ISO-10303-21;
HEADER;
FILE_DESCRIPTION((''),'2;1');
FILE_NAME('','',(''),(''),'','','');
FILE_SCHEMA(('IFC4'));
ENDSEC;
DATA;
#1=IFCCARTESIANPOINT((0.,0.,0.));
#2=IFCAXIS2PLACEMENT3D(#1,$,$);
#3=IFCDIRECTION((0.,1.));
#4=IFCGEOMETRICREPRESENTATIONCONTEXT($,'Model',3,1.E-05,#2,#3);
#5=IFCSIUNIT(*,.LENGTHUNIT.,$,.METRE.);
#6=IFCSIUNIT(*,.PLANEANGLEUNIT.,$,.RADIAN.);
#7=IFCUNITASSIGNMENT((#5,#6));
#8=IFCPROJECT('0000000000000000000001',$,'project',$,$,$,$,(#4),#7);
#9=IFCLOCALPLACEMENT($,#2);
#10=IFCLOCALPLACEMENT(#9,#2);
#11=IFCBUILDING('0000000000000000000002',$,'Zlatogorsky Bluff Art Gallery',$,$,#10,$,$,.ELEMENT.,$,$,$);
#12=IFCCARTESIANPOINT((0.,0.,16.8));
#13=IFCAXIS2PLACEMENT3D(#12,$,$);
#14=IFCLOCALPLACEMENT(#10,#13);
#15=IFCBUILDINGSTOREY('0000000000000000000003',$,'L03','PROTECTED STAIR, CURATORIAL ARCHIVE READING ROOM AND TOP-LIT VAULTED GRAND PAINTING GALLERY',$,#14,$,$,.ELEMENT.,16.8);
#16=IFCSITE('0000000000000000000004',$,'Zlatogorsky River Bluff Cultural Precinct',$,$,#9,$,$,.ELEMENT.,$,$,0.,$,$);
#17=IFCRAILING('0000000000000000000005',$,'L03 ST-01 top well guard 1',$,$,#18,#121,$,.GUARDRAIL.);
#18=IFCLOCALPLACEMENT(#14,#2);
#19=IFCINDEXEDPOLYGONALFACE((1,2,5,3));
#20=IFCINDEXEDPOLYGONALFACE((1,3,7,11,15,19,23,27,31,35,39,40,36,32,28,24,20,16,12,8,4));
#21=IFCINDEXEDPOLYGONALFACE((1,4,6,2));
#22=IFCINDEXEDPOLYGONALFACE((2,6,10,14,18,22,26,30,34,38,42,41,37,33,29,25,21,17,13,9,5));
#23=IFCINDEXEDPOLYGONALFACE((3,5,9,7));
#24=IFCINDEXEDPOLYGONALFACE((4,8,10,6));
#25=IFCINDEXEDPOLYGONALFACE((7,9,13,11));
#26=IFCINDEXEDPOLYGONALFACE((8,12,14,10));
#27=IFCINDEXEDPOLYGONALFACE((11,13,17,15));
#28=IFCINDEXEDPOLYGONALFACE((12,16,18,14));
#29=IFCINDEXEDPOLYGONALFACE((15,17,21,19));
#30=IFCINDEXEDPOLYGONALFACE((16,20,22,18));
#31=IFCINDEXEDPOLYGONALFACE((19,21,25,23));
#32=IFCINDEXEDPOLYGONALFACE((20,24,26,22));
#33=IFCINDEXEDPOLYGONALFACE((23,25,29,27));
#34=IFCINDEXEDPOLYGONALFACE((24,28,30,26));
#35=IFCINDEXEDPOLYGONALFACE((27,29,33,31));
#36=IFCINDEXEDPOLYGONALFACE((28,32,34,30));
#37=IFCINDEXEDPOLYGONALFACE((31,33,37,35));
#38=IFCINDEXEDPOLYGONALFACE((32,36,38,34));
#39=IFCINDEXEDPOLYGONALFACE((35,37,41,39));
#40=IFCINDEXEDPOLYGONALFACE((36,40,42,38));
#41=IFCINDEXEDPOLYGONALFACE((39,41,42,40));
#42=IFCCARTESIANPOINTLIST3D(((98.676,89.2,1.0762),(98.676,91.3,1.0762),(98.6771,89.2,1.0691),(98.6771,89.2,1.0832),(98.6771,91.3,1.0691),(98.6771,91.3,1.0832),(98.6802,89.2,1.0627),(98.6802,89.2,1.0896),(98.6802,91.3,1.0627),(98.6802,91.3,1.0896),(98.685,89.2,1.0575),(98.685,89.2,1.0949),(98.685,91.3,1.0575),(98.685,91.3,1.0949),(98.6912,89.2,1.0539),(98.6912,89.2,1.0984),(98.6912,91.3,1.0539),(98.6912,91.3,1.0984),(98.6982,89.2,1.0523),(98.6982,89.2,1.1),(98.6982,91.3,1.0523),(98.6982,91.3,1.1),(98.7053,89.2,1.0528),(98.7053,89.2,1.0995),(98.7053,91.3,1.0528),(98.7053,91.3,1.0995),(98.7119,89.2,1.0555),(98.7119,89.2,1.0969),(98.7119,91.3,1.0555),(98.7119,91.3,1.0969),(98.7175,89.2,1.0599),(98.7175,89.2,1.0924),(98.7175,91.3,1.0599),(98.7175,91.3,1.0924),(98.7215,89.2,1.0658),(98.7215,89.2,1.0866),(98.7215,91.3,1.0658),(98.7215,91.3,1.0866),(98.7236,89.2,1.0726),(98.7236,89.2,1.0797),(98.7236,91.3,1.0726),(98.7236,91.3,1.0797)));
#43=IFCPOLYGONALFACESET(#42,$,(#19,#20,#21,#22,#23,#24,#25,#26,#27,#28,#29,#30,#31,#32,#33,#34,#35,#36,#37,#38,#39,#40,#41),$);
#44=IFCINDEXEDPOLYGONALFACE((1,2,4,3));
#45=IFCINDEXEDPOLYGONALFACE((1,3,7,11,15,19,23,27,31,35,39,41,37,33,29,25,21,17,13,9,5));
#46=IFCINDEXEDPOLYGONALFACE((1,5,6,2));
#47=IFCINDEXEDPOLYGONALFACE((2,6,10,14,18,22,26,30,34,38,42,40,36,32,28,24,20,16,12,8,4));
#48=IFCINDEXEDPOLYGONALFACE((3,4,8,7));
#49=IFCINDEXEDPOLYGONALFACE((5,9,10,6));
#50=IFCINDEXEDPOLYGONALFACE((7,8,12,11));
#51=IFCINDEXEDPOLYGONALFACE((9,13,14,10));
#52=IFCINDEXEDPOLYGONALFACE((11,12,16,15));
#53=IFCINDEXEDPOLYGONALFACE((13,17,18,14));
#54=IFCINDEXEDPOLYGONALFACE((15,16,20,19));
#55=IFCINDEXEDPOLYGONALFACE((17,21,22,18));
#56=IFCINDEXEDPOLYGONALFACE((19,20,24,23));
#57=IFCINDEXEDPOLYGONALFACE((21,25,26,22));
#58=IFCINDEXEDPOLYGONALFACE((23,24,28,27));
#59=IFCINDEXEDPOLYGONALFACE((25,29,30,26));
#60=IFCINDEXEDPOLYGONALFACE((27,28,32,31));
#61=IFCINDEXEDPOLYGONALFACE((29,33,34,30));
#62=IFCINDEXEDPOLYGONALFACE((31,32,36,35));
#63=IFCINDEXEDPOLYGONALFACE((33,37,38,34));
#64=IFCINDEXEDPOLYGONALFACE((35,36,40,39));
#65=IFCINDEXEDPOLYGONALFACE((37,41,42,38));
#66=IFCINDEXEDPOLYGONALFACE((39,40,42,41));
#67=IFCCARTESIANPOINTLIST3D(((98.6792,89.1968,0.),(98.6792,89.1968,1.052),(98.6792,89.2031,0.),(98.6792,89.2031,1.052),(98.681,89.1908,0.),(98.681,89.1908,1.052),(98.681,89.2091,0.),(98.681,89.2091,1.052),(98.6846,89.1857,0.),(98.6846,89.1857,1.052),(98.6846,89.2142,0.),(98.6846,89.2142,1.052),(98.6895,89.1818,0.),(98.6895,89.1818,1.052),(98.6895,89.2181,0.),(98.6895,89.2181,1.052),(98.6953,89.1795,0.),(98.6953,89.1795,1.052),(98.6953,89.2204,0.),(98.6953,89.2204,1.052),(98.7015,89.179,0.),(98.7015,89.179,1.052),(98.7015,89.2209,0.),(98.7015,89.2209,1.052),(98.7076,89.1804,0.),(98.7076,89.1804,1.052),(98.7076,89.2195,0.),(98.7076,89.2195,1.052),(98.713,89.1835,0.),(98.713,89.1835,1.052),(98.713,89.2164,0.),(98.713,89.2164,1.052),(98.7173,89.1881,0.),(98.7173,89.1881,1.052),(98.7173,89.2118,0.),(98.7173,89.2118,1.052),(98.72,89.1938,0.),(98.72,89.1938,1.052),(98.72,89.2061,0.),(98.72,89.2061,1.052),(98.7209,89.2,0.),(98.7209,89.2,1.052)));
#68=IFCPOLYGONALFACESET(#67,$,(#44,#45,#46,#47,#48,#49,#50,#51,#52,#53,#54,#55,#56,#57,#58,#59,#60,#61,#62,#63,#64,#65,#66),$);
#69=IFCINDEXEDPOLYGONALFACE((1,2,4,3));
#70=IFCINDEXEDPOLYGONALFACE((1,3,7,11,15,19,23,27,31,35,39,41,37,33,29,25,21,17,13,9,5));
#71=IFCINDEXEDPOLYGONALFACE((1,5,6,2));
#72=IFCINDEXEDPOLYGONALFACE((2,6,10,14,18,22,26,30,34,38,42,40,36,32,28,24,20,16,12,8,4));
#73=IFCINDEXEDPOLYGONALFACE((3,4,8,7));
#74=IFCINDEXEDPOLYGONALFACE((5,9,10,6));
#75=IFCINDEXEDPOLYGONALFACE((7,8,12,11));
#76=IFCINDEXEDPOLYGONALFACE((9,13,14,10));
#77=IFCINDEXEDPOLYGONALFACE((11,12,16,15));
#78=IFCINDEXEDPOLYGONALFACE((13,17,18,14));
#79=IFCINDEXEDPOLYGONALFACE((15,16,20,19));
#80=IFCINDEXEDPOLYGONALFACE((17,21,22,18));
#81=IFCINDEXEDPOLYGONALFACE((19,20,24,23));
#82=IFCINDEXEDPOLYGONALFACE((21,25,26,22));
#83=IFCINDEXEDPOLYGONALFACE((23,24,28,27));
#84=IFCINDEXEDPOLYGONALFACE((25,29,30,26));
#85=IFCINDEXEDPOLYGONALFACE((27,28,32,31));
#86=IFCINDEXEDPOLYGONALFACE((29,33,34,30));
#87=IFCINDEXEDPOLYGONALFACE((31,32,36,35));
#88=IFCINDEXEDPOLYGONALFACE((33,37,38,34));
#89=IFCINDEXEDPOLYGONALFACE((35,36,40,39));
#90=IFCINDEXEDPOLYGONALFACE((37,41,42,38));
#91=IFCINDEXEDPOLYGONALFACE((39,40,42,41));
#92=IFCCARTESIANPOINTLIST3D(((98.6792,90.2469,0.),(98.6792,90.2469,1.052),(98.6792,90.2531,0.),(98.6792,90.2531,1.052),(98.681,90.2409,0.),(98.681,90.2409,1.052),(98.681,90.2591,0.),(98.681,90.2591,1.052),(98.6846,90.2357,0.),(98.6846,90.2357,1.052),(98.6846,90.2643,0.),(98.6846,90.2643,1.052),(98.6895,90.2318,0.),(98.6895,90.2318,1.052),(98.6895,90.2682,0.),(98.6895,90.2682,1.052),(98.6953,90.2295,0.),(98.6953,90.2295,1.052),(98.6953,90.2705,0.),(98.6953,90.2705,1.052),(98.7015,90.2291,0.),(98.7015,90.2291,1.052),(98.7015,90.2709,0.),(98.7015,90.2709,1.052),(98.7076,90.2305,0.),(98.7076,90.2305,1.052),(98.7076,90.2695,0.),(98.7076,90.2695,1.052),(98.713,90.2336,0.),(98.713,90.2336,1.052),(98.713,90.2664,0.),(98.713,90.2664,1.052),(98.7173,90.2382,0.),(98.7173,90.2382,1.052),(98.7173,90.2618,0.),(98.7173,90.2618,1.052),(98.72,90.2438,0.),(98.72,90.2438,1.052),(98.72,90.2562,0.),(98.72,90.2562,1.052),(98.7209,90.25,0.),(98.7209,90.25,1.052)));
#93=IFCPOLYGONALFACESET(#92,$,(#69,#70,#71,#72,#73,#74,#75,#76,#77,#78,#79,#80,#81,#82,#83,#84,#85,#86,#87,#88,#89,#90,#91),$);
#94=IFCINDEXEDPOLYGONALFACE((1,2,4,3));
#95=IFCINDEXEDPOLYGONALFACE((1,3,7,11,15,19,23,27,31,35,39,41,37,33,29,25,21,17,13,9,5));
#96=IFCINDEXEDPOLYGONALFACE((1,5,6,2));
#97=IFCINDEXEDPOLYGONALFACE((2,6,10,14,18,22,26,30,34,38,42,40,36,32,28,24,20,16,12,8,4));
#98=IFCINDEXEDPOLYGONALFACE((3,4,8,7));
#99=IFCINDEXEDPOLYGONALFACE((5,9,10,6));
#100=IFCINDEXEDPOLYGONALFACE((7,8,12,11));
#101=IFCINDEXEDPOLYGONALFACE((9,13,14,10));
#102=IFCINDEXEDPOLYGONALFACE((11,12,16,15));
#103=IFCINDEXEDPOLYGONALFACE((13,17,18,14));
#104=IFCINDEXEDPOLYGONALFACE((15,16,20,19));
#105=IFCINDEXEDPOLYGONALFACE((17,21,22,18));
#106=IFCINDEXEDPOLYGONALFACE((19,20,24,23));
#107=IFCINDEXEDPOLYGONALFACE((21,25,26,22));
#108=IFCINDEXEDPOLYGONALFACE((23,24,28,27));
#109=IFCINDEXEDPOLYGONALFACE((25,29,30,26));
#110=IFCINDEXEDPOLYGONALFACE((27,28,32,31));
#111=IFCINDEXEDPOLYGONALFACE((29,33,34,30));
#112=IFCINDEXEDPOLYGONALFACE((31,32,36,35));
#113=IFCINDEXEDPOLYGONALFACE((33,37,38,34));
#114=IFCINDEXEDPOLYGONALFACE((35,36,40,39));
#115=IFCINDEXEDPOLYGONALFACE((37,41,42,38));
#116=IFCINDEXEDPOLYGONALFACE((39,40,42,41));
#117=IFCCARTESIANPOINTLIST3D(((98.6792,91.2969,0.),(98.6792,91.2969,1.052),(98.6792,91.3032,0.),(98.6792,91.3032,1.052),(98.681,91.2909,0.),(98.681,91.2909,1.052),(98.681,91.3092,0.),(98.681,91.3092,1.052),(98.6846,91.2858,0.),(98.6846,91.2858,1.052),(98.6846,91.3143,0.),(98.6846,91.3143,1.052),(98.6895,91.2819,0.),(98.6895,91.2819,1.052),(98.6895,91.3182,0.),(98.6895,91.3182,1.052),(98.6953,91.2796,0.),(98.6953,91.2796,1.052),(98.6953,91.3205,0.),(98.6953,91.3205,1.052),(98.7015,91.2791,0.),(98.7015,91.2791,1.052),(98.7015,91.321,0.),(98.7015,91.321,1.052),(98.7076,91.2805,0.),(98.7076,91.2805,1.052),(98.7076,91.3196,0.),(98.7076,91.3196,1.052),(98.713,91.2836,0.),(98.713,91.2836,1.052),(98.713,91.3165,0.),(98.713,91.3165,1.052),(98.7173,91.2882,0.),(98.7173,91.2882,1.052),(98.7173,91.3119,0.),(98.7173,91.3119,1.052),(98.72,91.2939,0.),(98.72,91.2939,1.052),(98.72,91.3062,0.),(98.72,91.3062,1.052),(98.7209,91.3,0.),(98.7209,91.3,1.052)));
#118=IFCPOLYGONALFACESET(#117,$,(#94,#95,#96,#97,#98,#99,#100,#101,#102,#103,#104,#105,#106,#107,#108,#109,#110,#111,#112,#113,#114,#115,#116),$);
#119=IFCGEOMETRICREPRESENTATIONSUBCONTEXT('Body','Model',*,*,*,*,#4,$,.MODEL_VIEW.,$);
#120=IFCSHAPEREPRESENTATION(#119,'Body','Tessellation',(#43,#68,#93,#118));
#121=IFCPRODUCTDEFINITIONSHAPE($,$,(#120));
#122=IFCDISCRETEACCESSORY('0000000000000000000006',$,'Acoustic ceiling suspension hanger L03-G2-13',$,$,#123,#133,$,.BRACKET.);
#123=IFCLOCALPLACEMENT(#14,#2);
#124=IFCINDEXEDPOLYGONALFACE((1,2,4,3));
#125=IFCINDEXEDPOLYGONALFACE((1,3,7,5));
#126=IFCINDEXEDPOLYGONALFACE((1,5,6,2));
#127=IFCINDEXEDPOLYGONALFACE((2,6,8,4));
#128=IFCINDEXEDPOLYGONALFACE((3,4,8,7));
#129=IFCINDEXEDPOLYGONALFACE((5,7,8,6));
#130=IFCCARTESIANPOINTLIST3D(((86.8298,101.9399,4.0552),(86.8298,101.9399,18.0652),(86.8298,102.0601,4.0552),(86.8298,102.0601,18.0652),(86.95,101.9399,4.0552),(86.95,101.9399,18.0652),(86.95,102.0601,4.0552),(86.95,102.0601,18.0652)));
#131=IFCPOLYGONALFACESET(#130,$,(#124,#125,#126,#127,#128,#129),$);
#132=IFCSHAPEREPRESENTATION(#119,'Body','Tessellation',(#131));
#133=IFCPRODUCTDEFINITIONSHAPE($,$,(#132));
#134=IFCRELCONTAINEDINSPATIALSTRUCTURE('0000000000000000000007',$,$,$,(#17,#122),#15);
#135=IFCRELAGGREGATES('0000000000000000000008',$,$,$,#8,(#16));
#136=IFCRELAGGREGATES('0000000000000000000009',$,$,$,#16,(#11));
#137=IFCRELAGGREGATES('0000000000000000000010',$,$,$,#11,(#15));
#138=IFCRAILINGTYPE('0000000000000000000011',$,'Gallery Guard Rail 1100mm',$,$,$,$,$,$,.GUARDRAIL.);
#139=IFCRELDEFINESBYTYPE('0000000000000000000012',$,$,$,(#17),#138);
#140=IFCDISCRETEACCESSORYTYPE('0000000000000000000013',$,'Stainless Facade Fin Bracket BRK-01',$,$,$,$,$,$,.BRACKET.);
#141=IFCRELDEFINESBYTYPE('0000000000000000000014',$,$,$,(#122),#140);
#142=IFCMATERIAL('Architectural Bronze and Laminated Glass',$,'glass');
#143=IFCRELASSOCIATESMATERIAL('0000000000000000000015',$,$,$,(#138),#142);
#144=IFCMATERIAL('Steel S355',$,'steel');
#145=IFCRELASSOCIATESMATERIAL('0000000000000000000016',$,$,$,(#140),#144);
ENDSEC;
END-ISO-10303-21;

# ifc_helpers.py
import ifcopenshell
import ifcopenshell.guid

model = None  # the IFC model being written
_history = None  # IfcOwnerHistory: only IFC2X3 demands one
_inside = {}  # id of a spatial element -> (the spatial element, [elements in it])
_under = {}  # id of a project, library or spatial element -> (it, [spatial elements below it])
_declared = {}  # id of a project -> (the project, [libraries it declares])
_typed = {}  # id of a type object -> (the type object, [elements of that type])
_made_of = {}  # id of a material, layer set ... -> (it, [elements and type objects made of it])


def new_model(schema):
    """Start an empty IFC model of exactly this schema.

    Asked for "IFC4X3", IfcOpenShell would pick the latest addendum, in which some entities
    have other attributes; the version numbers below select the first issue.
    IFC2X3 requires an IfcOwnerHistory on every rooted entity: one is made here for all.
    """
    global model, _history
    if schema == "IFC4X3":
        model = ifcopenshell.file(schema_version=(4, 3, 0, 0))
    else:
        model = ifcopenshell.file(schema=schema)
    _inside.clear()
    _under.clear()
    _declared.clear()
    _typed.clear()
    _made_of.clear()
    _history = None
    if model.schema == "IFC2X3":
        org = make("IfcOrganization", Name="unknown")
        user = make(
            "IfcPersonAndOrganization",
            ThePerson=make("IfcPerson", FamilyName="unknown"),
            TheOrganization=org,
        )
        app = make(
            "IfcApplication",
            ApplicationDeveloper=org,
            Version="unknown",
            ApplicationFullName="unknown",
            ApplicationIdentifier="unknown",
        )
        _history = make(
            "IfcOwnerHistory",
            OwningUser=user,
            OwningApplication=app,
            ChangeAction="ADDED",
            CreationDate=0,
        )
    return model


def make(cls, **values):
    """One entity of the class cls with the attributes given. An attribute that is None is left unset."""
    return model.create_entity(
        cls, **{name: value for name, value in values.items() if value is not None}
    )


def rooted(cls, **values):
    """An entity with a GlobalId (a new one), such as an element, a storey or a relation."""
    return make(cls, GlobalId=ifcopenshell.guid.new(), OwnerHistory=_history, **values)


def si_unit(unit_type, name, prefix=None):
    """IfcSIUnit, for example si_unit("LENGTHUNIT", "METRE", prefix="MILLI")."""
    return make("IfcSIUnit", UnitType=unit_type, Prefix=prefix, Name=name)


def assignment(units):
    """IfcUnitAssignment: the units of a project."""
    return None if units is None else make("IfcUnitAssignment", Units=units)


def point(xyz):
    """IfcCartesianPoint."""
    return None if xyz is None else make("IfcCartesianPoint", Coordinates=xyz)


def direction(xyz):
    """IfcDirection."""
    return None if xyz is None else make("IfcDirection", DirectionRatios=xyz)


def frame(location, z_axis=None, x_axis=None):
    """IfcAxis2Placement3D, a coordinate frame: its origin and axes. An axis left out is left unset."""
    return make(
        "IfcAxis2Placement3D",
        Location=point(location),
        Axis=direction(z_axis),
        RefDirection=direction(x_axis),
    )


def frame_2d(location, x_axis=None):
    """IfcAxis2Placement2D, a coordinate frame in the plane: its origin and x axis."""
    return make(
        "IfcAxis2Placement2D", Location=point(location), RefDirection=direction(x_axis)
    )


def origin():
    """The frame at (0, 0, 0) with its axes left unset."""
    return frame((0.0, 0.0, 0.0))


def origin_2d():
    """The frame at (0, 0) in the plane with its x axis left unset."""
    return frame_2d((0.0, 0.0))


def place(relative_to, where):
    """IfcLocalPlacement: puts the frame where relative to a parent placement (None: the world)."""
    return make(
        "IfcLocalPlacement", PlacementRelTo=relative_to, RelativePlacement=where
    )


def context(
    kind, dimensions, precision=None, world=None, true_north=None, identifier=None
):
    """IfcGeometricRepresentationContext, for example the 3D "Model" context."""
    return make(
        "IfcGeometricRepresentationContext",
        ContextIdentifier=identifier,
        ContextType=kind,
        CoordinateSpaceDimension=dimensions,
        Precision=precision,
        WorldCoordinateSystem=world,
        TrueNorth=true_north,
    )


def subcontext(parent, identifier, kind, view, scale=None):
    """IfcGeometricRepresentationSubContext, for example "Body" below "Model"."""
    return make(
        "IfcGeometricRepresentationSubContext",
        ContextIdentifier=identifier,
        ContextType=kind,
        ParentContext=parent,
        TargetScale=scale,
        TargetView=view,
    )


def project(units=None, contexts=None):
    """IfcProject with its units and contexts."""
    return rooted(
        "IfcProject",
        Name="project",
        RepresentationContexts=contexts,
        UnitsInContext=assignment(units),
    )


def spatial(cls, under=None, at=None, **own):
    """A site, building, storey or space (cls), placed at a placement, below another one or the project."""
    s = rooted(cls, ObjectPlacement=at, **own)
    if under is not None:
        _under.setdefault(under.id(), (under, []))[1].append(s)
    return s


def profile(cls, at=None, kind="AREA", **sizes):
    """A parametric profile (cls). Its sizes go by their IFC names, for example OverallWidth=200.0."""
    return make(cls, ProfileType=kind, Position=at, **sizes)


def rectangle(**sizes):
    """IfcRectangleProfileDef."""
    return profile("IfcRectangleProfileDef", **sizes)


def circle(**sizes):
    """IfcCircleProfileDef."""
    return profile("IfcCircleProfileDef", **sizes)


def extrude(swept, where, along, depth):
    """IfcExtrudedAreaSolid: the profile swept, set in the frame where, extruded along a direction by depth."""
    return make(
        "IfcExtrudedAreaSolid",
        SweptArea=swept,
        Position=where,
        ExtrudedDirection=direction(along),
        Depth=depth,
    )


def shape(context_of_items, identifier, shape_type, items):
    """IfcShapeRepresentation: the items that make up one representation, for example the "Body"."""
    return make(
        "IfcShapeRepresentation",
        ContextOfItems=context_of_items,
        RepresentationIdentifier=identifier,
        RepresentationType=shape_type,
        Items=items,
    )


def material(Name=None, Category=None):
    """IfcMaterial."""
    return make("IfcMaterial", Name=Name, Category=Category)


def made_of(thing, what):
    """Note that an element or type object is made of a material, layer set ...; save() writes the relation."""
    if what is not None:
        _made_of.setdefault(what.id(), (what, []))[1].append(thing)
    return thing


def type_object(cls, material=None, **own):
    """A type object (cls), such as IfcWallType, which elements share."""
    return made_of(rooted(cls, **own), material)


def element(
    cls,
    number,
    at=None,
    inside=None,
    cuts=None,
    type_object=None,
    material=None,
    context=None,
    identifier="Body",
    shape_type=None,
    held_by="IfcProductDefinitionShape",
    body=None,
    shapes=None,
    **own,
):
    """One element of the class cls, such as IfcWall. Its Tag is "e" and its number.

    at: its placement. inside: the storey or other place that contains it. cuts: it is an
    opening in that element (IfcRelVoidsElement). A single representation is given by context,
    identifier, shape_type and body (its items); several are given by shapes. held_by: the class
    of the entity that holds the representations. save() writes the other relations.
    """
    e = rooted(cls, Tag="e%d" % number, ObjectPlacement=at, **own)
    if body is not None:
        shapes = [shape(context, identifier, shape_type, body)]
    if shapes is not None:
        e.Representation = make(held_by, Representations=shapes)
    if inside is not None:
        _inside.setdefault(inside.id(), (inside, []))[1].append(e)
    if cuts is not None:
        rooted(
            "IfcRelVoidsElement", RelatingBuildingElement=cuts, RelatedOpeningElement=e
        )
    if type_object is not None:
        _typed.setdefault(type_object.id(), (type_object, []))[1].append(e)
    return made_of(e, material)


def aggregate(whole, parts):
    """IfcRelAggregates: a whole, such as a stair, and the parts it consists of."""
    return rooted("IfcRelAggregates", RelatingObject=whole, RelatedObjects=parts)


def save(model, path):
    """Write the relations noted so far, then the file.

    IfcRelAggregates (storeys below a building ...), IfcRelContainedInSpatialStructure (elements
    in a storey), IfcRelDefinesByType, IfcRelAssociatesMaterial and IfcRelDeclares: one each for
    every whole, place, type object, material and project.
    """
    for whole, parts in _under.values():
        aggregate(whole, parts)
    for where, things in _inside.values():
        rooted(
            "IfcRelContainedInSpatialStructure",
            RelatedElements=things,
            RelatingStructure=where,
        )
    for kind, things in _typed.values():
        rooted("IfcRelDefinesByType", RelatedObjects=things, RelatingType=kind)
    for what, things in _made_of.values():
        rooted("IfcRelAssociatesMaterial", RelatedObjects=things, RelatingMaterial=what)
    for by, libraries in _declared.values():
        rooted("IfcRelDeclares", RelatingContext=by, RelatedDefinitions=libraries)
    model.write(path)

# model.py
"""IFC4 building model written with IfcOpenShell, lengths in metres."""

from ifc_helpers import new_model, si_unit, direction, frame, origin, origin_2d, place, context, subcontext, project, spatial, rectangle, circle, extrude, material, type_object, element, save


model = new_model("IFC4")

# Units and contexts
model_context = context("Model", 3, precision=1e-05, world=origin(), true_north=direction((0.0, 1.0)))
body_context = subcontext(model_context, "Body", "Model", "MODEL_VIEW")
ifc_project = project(units=[si_unit("LENGTHUNIT", "METRE"), si_unit("PLANEANGLEUNIT", "RADIAN")], contexts=[model_context])

# Site, building, storey
site_placement = place(None, origin())
site = spatial("IfcSite", under=ifc_project, at=site_placement, Name="Zlatogorsky River Bluff Cultural Precinct", CompositionType="ELEMENT", RefElevation=0.0)
building_placement = place(site_placement, origin())
building = spatial("IfcBuilding", under=site, at=building_placement, Name="Zlatogorsky Bluff Art Gallery", CompositionType="ELEMENT")
storey_placement = place(building_placement, frame((0.0, 0.0, 16.8)))
storey = spatial("IfcBuildingStorey", under=building, at=storey_placement, Name="L03", Description="PROTECTED STAIR, CURATORIAL ARCHIVE READING ROOM AND TOP-LIT VAULTED GRAND PAINTING GALLERY", CompositionType="ELEMENT", Elevation=16.8)

# Shared definitions
ifc_material_1 = material(Name="Steel S355", Category="steel")

# Railing
ifc_material_2 = material(Name="Architectural Bronze and Laminated Glass", Category="glass")
railing_type = type_object("IfcRailingType", Name="Gallery Guard Rail 1100mm", PredefinedType="GUARDRAIL", material=ifc_material_2)
railing_placement = place(storey_placement, frame((98.7, 89.2, 0.0)))
element("IfcRailing", 1, at=railing_placement, inside=storey, type_object=railing_type, Name="L03 ST-01 top well guard 1", PredefinedType="GUARDRAIL", context=body_context, shape_type="SweptSolid", body=[
    extrude(circle(Radius=0.0239, at=origin_2d()), frame((0.0, 0.0, 1.0762), z_axis=(0.0, 1.0, 0.0), x_axis=(-1.0, 0.0, 0.0)), (0.0, 0.0, 1.0), 2.1001),
    extrude(circle(Radius=0.021, at=origin_2d()), origin(), (0.0, 0.0, 1.0), 1.052),
    extrude(circle(Radius=0.021, at=origin_2d()), frame((0.0, 1.05, 0.0)), (0.0, 0.0, 1.0), 1.052),
    extrude(circle(Radius=0.021, at=origin_2d()), frame((0.0, 2.1001, 0.0)), (0.0, 0.0, 1.0), 1.052),
])

# Discrete accessory
discrete_accessory_type = type_object("IfcDiscreteAccessoryType", Name="Stainless Facade Fin Bracket BRK-01", PredefinedType="BRACKET", material=ifc_material_1)
discrete_accessory_placement = place(storey_placement, frame((86.8899, 102.0, 4.0552), z_axis=(0.0, 0.0, 1.0), x_axis=(1.0, 0.0, 0.0)))
element("IfcDiscreteAccessory", 2, at=discrete_accessory_placement, inside=storey, type_object=discrete_accessory_type, Name="Acoustic ceiling suspension hanger L03-G2-13", PredefinedType="BRACKET", context=body_context, shape_type="SweptSolid", body=[
    extrude(rectangle(XDim=0.1201, YDim=0.1201, at=origin_2d()), origin(), (0.0, 0.0, 1.0), 14.01),
])

save(model, "model.ifc")
